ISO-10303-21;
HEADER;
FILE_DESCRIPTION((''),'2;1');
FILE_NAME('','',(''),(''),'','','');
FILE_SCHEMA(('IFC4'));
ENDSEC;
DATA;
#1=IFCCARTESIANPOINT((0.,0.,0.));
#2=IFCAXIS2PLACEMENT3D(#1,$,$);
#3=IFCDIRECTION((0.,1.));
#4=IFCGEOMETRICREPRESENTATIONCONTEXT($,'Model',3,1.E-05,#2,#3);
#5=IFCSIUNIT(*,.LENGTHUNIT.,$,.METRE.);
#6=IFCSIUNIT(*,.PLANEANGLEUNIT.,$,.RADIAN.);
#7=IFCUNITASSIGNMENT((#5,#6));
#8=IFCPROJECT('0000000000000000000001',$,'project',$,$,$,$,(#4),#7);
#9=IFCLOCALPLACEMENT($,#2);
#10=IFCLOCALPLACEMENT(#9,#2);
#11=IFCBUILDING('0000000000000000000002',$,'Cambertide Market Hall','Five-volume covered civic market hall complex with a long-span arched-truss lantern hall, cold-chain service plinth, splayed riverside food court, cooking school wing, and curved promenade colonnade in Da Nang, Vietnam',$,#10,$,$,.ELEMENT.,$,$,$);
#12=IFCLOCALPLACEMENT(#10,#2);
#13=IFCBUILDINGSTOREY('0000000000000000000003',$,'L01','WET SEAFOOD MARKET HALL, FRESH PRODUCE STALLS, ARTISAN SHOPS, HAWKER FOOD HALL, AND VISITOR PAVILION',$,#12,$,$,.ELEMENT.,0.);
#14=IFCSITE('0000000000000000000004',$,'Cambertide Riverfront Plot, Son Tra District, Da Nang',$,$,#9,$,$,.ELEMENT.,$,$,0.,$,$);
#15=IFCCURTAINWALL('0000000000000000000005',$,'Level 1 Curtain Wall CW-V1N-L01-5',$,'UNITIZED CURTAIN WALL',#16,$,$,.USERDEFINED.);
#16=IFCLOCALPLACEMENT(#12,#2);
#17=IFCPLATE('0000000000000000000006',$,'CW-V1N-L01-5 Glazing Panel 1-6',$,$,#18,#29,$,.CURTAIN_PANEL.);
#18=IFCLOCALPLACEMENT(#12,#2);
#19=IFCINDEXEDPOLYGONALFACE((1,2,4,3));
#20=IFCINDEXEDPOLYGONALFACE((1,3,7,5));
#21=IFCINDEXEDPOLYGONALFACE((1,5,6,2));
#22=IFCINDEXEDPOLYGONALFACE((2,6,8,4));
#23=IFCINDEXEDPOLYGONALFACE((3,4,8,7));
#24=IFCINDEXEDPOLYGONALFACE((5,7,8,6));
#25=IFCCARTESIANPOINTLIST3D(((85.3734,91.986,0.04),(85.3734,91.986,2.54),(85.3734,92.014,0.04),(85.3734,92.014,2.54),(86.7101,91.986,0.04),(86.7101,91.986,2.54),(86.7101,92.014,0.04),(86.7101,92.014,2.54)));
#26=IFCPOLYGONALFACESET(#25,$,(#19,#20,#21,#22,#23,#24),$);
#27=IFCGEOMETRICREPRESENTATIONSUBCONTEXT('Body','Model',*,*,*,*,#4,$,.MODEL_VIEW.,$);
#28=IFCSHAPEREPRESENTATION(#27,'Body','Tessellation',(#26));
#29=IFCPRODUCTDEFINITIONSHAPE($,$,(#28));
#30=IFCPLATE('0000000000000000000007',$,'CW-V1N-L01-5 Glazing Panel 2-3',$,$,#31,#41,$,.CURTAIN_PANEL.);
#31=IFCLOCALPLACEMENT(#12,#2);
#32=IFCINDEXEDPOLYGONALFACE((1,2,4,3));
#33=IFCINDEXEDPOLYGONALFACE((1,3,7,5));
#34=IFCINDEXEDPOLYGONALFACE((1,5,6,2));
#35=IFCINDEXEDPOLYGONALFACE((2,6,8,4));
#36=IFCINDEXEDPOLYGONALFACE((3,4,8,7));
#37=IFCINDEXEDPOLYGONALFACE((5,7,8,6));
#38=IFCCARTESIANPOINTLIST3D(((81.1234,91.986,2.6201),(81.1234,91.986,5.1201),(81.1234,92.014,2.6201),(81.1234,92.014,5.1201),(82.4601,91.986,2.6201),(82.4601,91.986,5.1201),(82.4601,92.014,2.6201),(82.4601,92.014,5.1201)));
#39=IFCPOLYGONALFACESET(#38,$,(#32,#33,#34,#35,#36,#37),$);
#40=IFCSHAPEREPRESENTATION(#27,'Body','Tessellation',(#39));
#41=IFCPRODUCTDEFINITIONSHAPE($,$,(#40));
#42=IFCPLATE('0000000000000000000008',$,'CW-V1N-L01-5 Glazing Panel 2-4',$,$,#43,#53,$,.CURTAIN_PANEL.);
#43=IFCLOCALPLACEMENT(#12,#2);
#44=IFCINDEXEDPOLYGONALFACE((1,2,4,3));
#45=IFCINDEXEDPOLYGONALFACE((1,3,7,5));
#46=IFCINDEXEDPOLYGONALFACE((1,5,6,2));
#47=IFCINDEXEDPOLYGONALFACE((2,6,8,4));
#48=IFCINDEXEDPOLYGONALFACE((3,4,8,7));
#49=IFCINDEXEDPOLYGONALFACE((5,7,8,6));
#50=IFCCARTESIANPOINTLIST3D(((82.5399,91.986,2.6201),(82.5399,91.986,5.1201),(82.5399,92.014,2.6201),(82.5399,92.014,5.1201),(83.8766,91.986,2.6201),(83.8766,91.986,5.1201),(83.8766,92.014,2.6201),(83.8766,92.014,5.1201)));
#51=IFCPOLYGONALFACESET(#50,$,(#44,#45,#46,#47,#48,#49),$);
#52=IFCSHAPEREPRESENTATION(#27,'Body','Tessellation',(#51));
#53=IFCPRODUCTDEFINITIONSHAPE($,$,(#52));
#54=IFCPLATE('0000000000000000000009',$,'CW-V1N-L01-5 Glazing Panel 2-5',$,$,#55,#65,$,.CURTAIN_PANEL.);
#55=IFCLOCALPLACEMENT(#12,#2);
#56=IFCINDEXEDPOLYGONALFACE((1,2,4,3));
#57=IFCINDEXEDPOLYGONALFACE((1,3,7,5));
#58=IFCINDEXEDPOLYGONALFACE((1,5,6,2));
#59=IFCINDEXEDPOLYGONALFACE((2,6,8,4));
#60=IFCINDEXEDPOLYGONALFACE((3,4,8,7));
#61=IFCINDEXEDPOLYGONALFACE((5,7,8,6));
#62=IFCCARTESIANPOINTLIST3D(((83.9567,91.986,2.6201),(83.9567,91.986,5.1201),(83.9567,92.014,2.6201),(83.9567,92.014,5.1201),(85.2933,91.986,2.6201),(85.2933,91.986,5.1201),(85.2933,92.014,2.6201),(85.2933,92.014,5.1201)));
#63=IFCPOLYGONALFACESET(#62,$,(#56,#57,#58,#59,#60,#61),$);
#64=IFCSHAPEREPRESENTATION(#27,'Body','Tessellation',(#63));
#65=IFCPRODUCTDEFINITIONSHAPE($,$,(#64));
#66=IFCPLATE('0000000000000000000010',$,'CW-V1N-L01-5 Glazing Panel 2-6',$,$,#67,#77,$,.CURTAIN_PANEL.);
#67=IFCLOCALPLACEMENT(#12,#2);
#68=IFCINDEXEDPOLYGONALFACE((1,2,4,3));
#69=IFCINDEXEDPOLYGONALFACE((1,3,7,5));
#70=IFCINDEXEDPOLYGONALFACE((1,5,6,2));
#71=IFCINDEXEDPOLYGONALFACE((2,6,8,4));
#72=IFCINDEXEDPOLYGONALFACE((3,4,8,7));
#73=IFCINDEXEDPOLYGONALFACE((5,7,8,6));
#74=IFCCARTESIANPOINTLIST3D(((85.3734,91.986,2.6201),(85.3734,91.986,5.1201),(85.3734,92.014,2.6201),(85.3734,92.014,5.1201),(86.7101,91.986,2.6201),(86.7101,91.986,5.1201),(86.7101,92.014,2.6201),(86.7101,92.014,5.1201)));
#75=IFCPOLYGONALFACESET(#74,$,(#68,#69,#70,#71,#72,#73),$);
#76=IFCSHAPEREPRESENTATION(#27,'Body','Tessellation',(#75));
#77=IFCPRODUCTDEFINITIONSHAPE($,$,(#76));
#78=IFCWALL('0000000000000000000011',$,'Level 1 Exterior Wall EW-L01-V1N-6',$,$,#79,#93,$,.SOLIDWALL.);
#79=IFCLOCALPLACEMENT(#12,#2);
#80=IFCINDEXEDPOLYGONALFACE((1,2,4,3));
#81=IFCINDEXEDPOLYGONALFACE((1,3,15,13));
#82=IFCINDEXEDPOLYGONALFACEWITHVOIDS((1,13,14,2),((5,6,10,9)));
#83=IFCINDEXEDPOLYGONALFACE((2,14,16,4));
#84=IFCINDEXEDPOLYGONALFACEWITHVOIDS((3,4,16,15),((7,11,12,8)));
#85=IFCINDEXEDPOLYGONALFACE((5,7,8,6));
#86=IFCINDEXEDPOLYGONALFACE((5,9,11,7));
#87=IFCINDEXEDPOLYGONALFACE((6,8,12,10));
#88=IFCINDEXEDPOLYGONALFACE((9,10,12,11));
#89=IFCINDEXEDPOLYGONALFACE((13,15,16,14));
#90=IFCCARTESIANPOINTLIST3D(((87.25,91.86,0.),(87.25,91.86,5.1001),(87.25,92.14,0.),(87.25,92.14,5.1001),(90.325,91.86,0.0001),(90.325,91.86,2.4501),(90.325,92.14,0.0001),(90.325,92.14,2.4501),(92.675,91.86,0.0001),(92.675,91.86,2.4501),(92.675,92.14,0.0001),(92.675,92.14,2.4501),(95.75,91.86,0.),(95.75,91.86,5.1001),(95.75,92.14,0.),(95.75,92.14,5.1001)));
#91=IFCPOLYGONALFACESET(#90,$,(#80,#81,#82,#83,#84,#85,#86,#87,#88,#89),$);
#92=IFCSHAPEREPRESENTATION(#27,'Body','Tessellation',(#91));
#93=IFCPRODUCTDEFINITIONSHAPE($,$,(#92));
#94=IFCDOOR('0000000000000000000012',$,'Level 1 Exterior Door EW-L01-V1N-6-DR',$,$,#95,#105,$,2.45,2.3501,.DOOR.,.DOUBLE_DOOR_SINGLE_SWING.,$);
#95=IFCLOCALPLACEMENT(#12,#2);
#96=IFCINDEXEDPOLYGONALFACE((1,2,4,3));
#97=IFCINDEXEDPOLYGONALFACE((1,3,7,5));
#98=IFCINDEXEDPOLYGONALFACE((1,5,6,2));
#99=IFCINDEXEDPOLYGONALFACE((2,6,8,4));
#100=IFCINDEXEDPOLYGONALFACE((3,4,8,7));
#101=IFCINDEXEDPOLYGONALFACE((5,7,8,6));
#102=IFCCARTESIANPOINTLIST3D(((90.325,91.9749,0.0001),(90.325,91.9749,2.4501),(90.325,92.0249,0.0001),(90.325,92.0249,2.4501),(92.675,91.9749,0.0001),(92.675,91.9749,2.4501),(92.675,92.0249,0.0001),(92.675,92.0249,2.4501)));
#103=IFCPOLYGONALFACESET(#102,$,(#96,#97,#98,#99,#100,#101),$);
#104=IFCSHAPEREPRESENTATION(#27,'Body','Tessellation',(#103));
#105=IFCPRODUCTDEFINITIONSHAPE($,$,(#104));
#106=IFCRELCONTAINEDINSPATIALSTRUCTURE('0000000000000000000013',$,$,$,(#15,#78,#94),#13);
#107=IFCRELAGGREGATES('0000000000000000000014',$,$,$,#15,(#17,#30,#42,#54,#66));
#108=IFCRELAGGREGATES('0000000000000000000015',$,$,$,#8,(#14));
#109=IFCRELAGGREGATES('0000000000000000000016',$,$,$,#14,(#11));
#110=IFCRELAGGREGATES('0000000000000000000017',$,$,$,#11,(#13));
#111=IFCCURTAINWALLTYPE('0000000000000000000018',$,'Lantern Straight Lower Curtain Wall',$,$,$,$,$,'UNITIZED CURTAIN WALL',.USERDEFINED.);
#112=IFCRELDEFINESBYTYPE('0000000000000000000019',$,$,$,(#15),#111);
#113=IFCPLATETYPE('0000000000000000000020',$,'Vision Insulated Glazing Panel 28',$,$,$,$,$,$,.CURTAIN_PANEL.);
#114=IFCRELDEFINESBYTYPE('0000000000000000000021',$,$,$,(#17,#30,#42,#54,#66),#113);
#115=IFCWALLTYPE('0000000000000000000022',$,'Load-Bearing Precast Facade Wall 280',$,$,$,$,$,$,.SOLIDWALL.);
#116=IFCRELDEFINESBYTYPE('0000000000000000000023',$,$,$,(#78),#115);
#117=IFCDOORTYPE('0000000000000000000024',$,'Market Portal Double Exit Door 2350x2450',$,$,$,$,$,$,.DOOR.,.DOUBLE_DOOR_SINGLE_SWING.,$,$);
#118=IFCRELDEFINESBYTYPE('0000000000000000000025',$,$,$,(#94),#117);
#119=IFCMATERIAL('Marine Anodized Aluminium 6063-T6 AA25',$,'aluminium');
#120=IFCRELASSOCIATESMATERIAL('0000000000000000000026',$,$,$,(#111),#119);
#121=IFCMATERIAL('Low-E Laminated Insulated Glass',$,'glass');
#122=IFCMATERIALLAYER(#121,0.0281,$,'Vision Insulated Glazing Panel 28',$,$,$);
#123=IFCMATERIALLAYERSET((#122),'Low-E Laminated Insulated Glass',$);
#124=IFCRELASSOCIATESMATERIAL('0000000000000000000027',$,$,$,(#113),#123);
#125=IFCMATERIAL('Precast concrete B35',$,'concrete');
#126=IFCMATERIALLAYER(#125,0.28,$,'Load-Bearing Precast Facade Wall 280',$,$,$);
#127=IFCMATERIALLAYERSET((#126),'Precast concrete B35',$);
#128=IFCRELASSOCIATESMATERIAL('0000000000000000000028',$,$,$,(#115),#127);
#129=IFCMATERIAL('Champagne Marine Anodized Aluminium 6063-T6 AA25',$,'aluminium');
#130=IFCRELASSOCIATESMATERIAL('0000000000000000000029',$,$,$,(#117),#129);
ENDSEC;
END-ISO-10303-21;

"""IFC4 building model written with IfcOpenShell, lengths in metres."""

from ifc_helpers import new_model, si_unit, direction, frame, frame_2d, origin, origin_2d, place, context, subcontext, project, spatial, rectangle, extrude, material, layer, layer_set, type_object, element, fill, aggregate, save


model = new_model("IFC4")

# Units and contexts
model_context = context("Model", 3, precision=1e-05, world=origin(), true_north=direction((0.0, 1.0)))
body_context = subcontext(model_context, "Body", "Model", "MODEL_VIEW")
ifc_project = project(units=[si_unit("LENGTHUNIT", "METRE"), si_unit("PLANEANGLEUNIT", "RADIAN")], contexts=[model_context])

# Site, building, storey
site_placement = place(None, origin())
site = spatial("IfcSite", under=ifc_project, at=site_placement, Name="Cambertide Riverfront Plot, Son Tra District, Da Nang", CompositionType="ELEMENT", RefElevation=0.0)
building_placement = place(site_placement, origin())
building = spatial("IfcBuilding", under=site, at=building_placement, Name="Cambertide Market Hall", Description="Five-volume covered civic market hall complex with a long-span arched-truss lantern hall, cold-chain service plinth, splayed riverside food court, cooking school wing, and curved promenade colonnade in Da Nang, Vietnam", CompositionType="ELEMENT")
storey_placement = place(building_placement, origin())
storey = spatial("IfcBuildingStorey", under=building, at=storey_placement, Name="L01", Description="WET SEAFOOD MARKET HALL, FRESH PRODUCE STALLS, ARTISAN SHOPS, HAWKER FOOD HALL, AND VISITOR PAVILION", CompositionType="ELEMENT", Elevation=0.0)

# Curtain wall
ifc_material_1 = material(Name="Marine Anodized Aluminium 6063-T6 AA25", Category="aluminium")
curtain_wall_type = type_object("IfcCurtainWallType", Name="Lantern Straight Lower Curtain Wall", ElementType="UNITIZED CURTAIN WALL", PredefinedType="USERDEFINED", material=ifc_material_1)
curtain_wall_placement = place(storey_placement, origin())
curtain_wall = element("IfcCurtainWall", 1, at=curtain_wall_placement, inside=storey, type_object=curtain_wall_type, Name="Level 1 Curtain Wall CW-V1N-L01-5", ObjectType="UNITIZED CURTAIN WALL", PredefinedType="USERDEFINED")

# Plates
ifc_material_2 = material(Name="Low-E Laminated Insulated Glass", Category="glass")
ifc_layer_1 = layer(ifc_material_2, 0.0281, Name="Vision Insulated Glazing Panel 28")
ifc_layer_set_1 = layer_set([ifc_layer_1], Name="Low-E Laminated Insulated Glass")
plate_type = type_object("IfcPlateType", Name="Vision Insulated Glazing Panel 28", PredefinedType="CURTAIN_PANEL", material=ifc_layer_set_1)
plate_1_placement = place(storey_placement, frame((86.0417, 92.0, 0.04), z_axis=(0.0, 0.0, 1.0), x_axis=(1.0, 0.0, 0.0)))
plate_1 = element("IfcPlate", 2, at=plate_1_placement, type_object=plate_type, Name="CW-V1N-L01-5 Glazing Panel 1-6", PredefinedType="CURTAIN_PANEL", context=body_context, shape_type="SweptSolid", body=[
    extrude(rectangle(XDim=1.3367, YDim=0.0281, at=origin_2d()), origin(), (0.0, 0.0, 1.0), 2.5),
])
plate_2_placement = place(storey_placement, frame((81.7917, 92.0, 2.6201), z_axis=(0.0, 0.0, 1.0), x_axis=(1.0, 0.0, 0.0)))
plate_2 = element("IfcPlate", 3, at=plate_2_placement, type_object=plate_type, Name="CW-V1N-L01-5 Glazing Panel 2-3", PredefinedType="CURTAIN_PANEL", context=body_context, shape_type="SweptSolid", body=[
    extrude(rectangle(XDim=1.3367, YDim=0.0281, at=origin_2d()), origin(), (0.0, 0.0, 1.0), 2.5),
])
plate_3_placement = place(storey_placement, frame((83.2083, 92.0, 2.6201), z_axis=(0.0, 0.0, 1.0), x_axis=(1.0, 0.0, 0.0)))
plate_3 = element("IfcPlate", 4, at=plate_3_placement, type_object=plate_type, Name="CW-V1N-L01-5 Glazing Panel 2-4", PredefinedType="CURTAIN_PANEL", context=body_context, shape_type="SweptSolid", body=[
    extrude(rectangle(XDim=1.3367, YDim=0.0281, at=origin_2d()), origin(), (0.0, 0.0, 1.0), 2.5),
])
plate_4_placement = place(storey_placement, frame((84.625, 92.0, 2.6201), z_axis=(0.0, 0.0, 1.0), x_axis=(1.0, 0.0, 0.0)))
plate_4 = element("IfcPlate", 5, at=plate_4_placement, type_object=plate_type, Name="CW-V1N-L01-5 Glazing Panel 2-5", PredefinedType="CURTAIN_PANEL", context=body_context, shape_type="SweptSolid", body=[
    extrude(rectangle(XDim=1.3367, YDim=0.0281, at=origin_2d()), origin(), (0.0, 0.0, 1.0), 2.5),
])
plate_5_placement = place(storey_placement, frame((86.0417, 92.0, 2.6201), z_axis=(0.0, 0.0, 1.0), x_axis=(1.0, 0.0, 0.0)))
plate_5 = element("IfcPlate", 6, at=plate_5_placement, type_object=plate_type, Name="CW-V1N-L01-5 Glazing Panel 2-6", PredefinedType="CURTAIN_PANEL", context=body_context, shape_type="SweptSolid", body=[
    extrude(rectangle(XDim=1.3367, YDim=0.0281, at=origin_2d()), origin(), (0.0, 0.0, 1.0), 2.5),
])
aggregate(curtain_wall, [plate_1, plate_2, plate_3, plate_4, plate_5])

# Wall, opening, door
ifc_material_3 = material(Name="Precast concrete B35", Category="concrete")
ifc_layer_2 = layer(ifc_material_3, 0.28, Name="Load-Bearing Precast Facade Wall 280")
ifc_layer_set_2 = layer_set([ifc_layer_2], Name="Precast concrete B35")
wall_type = type_object("IfcWallType", Name="Load-Bearing Precast Facade Wall 280", PredefinedType="SOLIDWALL", material=ifc_layer_set_2)
wall_placement = place(storey_placement, frame((87.25, 92.0, 0.0), z_axis=(0.0, 0.0, 1.0), x_axis=(1.0, 0.0, 0.0)))
wall = element("IfcWall", 7, at=wall_placement, inside=storey, type_object=wall_type, Name="Level 1 Exterior Wall EW-L01-V1N-6", PredefinedType="SOLIDWALL", context=body_context, shape_type="SweptSolid", body=[
    extrude(rectangle(XDim=8.5, YDim=0.28, at=frame_2d((4.25, 0.0))), origin(), (0.0, 0.0, 1.0), 5.1001),
])
opening_placement = place(wall_placement, frame((3.075, 0.0, 0.0)))
opening = element("IfcOpeningElement", 8, at=opening_placement, cuts=wall, PredefinedType="OPENING", context=body_context, shape_type="SweptSolid", body=[
    extrude(rectangle(XDim=2.3501, YDim=2.45, at=frame_2d((1.175, 1.2251))), frame((0.0, 0.1499, 0.0), z_axis=(0.0, -1.0, 0.0), x_axis=(1.0, 0.0, 0.0)), (0.0, 0.0, 1.0), 0.3),
])
ifc_material_4 = material(Name="Champagne Marine Anodized Aluminium 6063-T6 AA25", Category="aluminium")
door_type = type_object("IfcDoorType", Name="Market Portal Double Exit Door 2350x2450", OperationType="DOUBLE_DOOR_SINGLE_SWING", PredefinedType="DOOR", material=ifc_material_4)
door_placement = place(opening_placement, origin())
door = element("IfcDoor", 9, at=door_placement, inside=storey, type_object=door_type, Name="Level 1 Exterior Door EW-L01-V1N-6-DR", OperationType="DOUBLE_DOOR_SINGLE_SWING", OverallHeight=2.45, OverallWidth=2.3501, PredefinedType="DOOR", context=body_context, shape_type="SweptSolid", body=[
    extrude(rectangle(XDim=2.3501, YDim=2.45, at=frame_2d((1.175, 1.2251))), frame((0.0, 0.0249, 0.0), z_axis=(0.0, -1.0, 0.0), x_axis=(1.0, 0.0, 0.0)), (0.0, 0.0, 1.0), 0.05),
])
fill(opening, door)

save(model, "model.ifc")
